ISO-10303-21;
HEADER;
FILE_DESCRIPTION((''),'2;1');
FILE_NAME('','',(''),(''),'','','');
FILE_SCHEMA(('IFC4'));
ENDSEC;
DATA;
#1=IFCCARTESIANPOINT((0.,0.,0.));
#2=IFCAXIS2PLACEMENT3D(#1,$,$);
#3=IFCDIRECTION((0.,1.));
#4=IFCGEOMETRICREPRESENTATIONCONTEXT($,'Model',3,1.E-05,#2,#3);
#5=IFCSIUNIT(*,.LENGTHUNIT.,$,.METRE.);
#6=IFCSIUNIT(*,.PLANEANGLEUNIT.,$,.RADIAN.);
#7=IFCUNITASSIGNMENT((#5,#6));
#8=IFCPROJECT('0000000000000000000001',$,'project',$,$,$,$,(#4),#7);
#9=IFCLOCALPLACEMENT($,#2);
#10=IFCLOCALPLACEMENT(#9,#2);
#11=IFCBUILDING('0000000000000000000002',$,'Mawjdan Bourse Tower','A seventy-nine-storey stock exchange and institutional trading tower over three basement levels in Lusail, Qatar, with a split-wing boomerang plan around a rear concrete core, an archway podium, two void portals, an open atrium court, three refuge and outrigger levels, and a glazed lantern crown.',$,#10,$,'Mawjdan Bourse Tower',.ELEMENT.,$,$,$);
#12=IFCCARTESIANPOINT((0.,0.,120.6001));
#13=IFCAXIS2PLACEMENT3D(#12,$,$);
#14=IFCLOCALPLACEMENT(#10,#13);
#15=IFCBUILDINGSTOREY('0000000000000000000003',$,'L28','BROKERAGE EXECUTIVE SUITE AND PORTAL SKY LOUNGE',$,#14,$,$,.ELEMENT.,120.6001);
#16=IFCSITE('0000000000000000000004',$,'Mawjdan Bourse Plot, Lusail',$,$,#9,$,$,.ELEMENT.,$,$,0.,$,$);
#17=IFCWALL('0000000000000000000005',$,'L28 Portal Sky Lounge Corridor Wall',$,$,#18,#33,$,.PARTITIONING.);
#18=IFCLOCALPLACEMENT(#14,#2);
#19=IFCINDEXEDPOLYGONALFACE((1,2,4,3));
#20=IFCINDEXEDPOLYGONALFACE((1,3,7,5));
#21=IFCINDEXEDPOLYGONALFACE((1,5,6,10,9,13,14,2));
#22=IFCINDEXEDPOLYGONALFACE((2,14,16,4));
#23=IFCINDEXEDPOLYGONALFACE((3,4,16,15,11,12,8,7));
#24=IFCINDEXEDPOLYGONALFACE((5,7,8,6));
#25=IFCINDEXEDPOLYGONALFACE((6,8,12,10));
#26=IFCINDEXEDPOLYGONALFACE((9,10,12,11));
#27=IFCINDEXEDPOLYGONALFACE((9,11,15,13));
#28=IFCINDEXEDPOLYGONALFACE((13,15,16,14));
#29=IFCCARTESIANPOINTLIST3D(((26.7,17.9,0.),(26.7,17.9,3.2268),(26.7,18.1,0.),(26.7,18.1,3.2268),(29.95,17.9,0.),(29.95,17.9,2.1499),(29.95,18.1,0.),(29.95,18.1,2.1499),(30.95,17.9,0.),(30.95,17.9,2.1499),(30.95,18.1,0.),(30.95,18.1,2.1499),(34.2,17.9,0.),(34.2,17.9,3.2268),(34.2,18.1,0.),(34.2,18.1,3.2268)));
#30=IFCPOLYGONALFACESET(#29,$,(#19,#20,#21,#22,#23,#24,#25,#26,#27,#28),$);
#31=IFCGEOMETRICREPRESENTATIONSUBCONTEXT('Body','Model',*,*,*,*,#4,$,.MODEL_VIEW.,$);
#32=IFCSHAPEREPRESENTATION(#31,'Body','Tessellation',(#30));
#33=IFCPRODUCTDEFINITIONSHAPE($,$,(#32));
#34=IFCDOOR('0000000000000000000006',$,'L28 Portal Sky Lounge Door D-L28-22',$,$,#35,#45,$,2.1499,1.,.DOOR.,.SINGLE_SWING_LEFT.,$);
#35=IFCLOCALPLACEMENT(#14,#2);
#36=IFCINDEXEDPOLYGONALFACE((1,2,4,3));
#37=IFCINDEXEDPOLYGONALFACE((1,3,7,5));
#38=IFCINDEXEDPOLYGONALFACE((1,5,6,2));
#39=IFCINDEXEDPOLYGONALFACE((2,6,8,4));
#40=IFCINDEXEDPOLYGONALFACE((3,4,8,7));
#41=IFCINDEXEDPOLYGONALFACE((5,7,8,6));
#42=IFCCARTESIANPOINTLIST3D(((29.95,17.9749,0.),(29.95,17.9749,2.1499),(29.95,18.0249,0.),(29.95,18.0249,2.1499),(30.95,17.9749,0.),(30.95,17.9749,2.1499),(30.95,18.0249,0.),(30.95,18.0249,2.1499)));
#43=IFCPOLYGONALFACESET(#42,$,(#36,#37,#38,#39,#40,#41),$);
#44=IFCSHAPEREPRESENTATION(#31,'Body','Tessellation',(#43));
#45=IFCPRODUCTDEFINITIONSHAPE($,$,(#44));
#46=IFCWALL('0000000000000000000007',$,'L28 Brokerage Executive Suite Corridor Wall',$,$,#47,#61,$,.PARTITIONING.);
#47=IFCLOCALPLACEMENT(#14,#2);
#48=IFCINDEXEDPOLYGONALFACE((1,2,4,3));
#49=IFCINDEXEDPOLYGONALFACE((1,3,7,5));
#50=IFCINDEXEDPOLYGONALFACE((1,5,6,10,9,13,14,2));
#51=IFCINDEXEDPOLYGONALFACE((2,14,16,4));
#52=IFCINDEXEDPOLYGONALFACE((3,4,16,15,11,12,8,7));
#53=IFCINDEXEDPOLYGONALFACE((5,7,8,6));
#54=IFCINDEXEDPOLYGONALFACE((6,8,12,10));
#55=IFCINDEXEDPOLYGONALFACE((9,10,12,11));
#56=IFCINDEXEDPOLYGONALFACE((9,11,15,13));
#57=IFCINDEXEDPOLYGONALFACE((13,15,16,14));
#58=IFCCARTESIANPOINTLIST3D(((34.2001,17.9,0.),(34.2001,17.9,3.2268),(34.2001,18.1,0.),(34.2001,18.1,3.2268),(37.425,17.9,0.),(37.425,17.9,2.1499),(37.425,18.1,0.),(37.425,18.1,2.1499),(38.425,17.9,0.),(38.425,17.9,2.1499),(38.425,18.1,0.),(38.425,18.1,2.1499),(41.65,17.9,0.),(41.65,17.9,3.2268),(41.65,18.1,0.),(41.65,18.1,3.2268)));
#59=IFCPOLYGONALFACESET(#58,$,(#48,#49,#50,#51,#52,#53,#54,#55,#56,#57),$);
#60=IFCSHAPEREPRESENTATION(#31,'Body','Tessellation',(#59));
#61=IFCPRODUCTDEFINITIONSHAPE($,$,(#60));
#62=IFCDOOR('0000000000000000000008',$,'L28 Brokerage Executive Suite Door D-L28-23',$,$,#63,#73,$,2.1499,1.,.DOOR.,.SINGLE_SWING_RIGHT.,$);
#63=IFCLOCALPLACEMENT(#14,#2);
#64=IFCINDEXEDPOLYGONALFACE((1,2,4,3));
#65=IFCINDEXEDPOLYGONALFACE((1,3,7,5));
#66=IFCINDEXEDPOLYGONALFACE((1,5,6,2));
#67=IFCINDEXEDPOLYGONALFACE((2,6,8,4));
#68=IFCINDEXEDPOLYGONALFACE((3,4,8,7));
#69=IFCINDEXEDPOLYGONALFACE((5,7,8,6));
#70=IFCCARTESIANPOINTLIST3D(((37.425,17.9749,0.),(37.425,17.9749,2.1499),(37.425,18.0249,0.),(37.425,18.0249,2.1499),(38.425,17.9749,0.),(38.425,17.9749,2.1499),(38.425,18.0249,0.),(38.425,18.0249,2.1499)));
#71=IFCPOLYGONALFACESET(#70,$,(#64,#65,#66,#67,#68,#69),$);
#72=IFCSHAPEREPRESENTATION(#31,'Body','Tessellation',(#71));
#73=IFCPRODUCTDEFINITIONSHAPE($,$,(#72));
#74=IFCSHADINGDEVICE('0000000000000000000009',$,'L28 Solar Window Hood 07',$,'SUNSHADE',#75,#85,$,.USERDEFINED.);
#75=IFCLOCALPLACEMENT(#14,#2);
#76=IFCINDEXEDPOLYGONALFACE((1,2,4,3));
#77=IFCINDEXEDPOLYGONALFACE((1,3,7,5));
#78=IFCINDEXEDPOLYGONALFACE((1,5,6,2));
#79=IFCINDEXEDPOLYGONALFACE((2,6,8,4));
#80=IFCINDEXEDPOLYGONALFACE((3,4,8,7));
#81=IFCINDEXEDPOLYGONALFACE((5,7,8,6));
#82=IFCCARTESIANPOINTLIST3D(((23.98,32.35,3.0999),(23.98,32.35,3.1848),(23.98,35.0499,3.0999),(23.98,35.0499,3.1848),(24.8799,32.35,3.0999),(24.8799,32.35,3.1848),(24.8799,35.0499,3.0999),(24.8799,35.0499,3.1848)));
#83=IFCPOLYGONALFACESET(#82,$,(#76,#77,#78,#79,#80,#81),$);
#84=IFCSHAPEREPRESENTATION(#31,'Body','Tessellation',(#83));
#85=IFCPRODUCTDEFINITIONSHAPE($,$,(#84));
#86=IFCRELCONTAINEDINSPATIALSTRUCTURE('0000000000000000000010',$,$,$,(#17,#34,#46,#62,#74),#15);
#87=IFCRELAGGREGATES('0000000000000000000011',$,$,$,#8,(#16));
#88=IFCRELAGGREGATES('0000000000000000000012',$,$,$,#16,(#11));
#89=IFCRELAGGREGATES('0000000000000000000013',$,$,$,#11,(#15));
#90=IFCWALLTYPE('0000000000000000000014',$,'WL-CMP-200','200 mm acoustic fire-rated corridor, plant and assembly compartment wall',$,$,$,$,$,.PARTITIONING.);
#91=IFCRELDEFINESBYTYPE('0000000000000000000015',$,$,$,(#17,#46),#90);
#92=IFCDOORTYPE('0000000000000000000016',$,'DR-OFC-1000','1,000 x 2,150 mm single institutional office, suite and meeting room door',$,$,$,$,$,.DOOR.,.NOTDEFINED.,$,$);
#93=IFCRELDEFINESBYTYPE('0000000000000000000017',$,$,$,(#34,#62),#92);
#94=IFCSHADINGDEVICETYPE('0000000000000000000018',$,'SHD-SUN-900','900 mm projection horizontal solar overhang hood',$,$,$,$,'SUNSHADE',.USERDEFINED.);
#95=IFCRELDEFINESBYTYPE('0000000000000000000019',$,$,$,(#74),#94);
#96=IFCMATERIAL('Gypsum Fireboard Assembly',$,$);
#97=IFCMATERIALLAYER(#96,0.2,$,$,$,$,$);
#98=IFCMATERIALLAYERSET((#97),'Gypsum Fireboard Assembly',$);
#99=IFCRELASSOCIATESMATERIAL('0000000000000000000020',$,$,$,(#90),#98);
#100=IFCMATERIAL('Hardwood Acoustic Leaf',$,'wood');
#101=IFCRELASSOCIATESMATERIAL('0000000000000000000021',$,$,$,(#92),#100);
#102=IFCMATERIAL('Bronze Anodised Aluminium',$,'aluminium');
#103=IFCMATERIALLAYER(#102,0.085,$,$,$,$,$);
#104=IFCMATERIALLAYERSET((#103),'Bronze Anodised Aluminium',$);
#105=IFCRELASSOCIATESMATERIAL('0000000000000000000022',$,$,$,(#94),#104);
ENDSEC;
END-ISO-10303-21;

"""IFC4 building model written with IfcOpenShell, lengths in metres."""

from ifc_helpers import new_model, si_unit, direction, frame, frame_2d, origin, origin_2d, place, context, subcontext, project, spatial, rectangle, extrude, material, layer, layer_set, type_object, element, fill, save


model = new_model("IFC4")

# Units and contexts
model_context = context("Model", 3, precision=1e-05, world=origin(), true_north=direction((0.0, 1.0)))
body_context = subcontext(model_context, "Body", "Model", "MODEL_VIEW")
ifc_project = project(units=[si_unit("LENGTHUNIT", "METRE"), si_unit("PLANEANGLEUNIT", "RADIAN")], contexts=[model_context])

# Site, building, storey
site_placement = place(None, origin())
site = spatial("IfcSite", under=ifc_project, at=site_placement, Name="Mawjdan Bourse Plot, Lusail", CompositionType="ELEMENT", RefElevation=0.0)
building_placement = place(site_placement, origin())
building = spatial("IfcBuilding", under=site, at=building_placement, Name="Mawjdan Bourse Tower", Description="A seventy-nine-storey stock exchange and institutional trading tower over three basement levels in Lusail, Qatar, with a split-wing boomerang plan around a rear concrete core, an archway podium, two void portals, an open atrium court, three refuge and outrigger levels, and a glazed lantern crown.", LongName="Mawjdan Bourse Tower", CompositionType="ELEMENT")
storey_placement = place(building_placement, frame((0.0, 0.0, 120.6001)))
storey = spatial("IfcBuildingStorey", under=building, at=storey_placement, Name="L28", Description="BROKERAGE EXECUTIVE SUITE AND PORTAL SKY LOUNGE", CompositionType="ELEMENT", Elevation=120.6001)

# Shared definitions
ifc_material_1 = material(Name="Gypsum Fireboard Assembly")
ifc_layer_1 = layer(ifc_material_1, 0.2)
ifc_layer_set_1 = layer_set([ifc_layer_1], Name="Gypsum Fireboard Assembly")
wall_type_1 = type_object("IfcWallType", Name="WL-CMP-200", Description="200 mm acoustic fire-rated corridor, plant and assembly compartment wall", PredefinedType="PARTITIONING", material=ifc_layer_set_1)

# Walls, openings, doors
wall_1_placement = place(storey_placement, frame((26.7, 18.0, 0.0), z_axis=(0.0, 0.0, 1.0), x_axis=(1.0, 0.0, 0.0)))
wall_1 = element("IfcWall", 1, at=wall_1_placement, inside=storey, type_object=wall_type_1, Name="L28 Portal Sky Lounge Corridor Wall", PredefinedType="PARTITIONING", context=body_context, shape_type="SweptSolid", body=[
    extrude(rectangle(XDim=7.5, YDim=0.2, at=frame_2d((3.75, 0.0))), origin(), (0.0, 0.0, 1.0), 3.2268),
])
opening_1_placement = place(wall_1_placement, frame((3.25, 0.0, 0.0)))
opening_1 = element("IfcOpeningElement", 2, at=opening_1_placement, cuts=wall_1, PredefinedType="OPENING", context=body_context, shape_type="SweptSolid", body=[
    extrude(rectangle(XDim=1.0, YDim=2.1499, at=frame_2d((0.5, 1.075))), frame((0.0, 0.1099, 0.0), z_axis=(0.0, -1.0, 0.0), x_axis=(1.0, 0.0, 0.0)), (0.0, 0.0, 1.0), 0.22),
])
ifc_material_2 = material(Name="Hardwood Acoustic Leaf", Category="wood")
door_type_1 = type_object("IfcDoorType", Name="DR-OFC-1000", Description="1,000 x 2,150 mm single institutional office, suite and meeting room door", OperationType="NOTDEFINED", PredefinedType="DOOR", material=ifc_material_2)
door_1_placement = place(opening_1_placement, origin())
door_1 = element("IfcDoor", 3, at=door_1_placement, inside=storey, type_object=door_type_1, Name="L28 Portal Sky Lounge Door D-L28-22", OperationType="SINGLE_SWING_LEFT", OverallHeight=2.1499, OverallWidth=1.0, PredefinedType="DOOR", context=body_context, shape_type="SweptSolid", body=[
    extrude(rectangle(XDim=1.0, YDim=2.1499, at=frame_2d((0.5, 1.075))), frame((0.0, 0.0249, 0.0), z_axis=(0.0, -1.0, 0.0), x_axis=(1.0, 0.0, 0.0)), (0.0, 0.0, 1.0), 0.05),
])
fill(opening_1, door_1)
wall_2_placement = place(storey_placement, frame((34.2, 18.0, 0.0), z_axis=(0.0, 0.0, 1.0), x_axis=(1.0, 0.0, 0.0)))
wall_2 = element("IfcWall", 4, at=wall_2_placement, inside=storey, type_object=wall_type_1, Name="L28 Brokerage Executive Suite Corridor Wall", PredefinedType="PARTITIONING", context=body_context, shape_type="SweptSolid", body=[
    extrude(rectangle(XDim=7.45, YDim=0.2, at=frame_2d((3.7251, 0.0))), origin(), (0.0, 0.0, 1.0), 3.2268),
])
opening_2_placement = place(wall_2_placement, frame((3.2251, 0.0, 0.0)))
opening_2 = element("IfcOpeningElement", 5, at=opening_2_placement, cuts=wall_2, PredefinedType="OPENING", context=body_context, shape_type="SweptSolid", body=[
    extrude(rectangle(XDim=1.0, YDim=2.1499, at=frame_2d((0.5, 1.075))), frame((0.0, 0.1099, 0.0), z_axis=(0.0, -1.0, 0.0), x_axis=(1.0, 0.0, 0.0)), (0.0, 0.0, 1.0), 0.22),
])
door_2_placement = place(opening_2_placement, origin())
door_2 = element("IfcDoor", 6, at=door_2_placement, inside=storey, type_object=door_type_1, Name="L28 Brokerage Executive Suite Door D-L28-23", OperationType="SINGLE_SWING_RIGHT", OverallHeight=2.1499, OverallWidth=1.0, PredefinedType="DOOR", context=body_context, shape_type="SweptSolid", body=[
    extrude(rectangle(XDim=1.0, YDim=2.1499, at=frame_2d((0.5, 1.075))), frame((0.0, 0.0249, 0.0), z_axis=(0.0, -1.0, 0.0), x_axis=(1.0, 0.0, 0.0)), (0.0, 0.0, 1.0), 0.05),
])
fill(opening_2, door_2)

# Shading device
ifc_material_3 = material(Name="Bronze Anodised Aluminium", Category="aluminium")
ifc_layer_2 = layer(ifc_material_3, 0.085)
ifc_layer_set_2 = layer_set([ifc_layer_2], Name="Bronze Anodised Aluminium")
shading_device_type = type_object("IfcShadingDeviceType", Name="SHD-SUN-900", Description="900 mm projection horizontal solar overhang hood", ElementType="SUNSHADE", PredefinedType="USERDEFINED", material=ifc_layer_set_2)
shading_device_placement = place(storey_placement, frame((24.4299, 33.7, 3.0999), z_axis=(0.0, 0.0, 1.0), x_axis=(0.0, 1.0, 0.0)))
element("IfcShadingDevice", 7, at=shading_device_placement, inside=storey, type_object=shading_device_type, Name="L28 Solar Window Hood 07", ObjectType="SUNSHADE", PredefinedType="USERDEFINED", context=body_context, shape_type="SweptSolid", body=[
    extrude(rectangle(XDim=2.7, YDim=0.8999, at=origin_2d()), origin(), (0.0, 0.0, 1.0), 0.085),
])

save(model, "model.ifc")
